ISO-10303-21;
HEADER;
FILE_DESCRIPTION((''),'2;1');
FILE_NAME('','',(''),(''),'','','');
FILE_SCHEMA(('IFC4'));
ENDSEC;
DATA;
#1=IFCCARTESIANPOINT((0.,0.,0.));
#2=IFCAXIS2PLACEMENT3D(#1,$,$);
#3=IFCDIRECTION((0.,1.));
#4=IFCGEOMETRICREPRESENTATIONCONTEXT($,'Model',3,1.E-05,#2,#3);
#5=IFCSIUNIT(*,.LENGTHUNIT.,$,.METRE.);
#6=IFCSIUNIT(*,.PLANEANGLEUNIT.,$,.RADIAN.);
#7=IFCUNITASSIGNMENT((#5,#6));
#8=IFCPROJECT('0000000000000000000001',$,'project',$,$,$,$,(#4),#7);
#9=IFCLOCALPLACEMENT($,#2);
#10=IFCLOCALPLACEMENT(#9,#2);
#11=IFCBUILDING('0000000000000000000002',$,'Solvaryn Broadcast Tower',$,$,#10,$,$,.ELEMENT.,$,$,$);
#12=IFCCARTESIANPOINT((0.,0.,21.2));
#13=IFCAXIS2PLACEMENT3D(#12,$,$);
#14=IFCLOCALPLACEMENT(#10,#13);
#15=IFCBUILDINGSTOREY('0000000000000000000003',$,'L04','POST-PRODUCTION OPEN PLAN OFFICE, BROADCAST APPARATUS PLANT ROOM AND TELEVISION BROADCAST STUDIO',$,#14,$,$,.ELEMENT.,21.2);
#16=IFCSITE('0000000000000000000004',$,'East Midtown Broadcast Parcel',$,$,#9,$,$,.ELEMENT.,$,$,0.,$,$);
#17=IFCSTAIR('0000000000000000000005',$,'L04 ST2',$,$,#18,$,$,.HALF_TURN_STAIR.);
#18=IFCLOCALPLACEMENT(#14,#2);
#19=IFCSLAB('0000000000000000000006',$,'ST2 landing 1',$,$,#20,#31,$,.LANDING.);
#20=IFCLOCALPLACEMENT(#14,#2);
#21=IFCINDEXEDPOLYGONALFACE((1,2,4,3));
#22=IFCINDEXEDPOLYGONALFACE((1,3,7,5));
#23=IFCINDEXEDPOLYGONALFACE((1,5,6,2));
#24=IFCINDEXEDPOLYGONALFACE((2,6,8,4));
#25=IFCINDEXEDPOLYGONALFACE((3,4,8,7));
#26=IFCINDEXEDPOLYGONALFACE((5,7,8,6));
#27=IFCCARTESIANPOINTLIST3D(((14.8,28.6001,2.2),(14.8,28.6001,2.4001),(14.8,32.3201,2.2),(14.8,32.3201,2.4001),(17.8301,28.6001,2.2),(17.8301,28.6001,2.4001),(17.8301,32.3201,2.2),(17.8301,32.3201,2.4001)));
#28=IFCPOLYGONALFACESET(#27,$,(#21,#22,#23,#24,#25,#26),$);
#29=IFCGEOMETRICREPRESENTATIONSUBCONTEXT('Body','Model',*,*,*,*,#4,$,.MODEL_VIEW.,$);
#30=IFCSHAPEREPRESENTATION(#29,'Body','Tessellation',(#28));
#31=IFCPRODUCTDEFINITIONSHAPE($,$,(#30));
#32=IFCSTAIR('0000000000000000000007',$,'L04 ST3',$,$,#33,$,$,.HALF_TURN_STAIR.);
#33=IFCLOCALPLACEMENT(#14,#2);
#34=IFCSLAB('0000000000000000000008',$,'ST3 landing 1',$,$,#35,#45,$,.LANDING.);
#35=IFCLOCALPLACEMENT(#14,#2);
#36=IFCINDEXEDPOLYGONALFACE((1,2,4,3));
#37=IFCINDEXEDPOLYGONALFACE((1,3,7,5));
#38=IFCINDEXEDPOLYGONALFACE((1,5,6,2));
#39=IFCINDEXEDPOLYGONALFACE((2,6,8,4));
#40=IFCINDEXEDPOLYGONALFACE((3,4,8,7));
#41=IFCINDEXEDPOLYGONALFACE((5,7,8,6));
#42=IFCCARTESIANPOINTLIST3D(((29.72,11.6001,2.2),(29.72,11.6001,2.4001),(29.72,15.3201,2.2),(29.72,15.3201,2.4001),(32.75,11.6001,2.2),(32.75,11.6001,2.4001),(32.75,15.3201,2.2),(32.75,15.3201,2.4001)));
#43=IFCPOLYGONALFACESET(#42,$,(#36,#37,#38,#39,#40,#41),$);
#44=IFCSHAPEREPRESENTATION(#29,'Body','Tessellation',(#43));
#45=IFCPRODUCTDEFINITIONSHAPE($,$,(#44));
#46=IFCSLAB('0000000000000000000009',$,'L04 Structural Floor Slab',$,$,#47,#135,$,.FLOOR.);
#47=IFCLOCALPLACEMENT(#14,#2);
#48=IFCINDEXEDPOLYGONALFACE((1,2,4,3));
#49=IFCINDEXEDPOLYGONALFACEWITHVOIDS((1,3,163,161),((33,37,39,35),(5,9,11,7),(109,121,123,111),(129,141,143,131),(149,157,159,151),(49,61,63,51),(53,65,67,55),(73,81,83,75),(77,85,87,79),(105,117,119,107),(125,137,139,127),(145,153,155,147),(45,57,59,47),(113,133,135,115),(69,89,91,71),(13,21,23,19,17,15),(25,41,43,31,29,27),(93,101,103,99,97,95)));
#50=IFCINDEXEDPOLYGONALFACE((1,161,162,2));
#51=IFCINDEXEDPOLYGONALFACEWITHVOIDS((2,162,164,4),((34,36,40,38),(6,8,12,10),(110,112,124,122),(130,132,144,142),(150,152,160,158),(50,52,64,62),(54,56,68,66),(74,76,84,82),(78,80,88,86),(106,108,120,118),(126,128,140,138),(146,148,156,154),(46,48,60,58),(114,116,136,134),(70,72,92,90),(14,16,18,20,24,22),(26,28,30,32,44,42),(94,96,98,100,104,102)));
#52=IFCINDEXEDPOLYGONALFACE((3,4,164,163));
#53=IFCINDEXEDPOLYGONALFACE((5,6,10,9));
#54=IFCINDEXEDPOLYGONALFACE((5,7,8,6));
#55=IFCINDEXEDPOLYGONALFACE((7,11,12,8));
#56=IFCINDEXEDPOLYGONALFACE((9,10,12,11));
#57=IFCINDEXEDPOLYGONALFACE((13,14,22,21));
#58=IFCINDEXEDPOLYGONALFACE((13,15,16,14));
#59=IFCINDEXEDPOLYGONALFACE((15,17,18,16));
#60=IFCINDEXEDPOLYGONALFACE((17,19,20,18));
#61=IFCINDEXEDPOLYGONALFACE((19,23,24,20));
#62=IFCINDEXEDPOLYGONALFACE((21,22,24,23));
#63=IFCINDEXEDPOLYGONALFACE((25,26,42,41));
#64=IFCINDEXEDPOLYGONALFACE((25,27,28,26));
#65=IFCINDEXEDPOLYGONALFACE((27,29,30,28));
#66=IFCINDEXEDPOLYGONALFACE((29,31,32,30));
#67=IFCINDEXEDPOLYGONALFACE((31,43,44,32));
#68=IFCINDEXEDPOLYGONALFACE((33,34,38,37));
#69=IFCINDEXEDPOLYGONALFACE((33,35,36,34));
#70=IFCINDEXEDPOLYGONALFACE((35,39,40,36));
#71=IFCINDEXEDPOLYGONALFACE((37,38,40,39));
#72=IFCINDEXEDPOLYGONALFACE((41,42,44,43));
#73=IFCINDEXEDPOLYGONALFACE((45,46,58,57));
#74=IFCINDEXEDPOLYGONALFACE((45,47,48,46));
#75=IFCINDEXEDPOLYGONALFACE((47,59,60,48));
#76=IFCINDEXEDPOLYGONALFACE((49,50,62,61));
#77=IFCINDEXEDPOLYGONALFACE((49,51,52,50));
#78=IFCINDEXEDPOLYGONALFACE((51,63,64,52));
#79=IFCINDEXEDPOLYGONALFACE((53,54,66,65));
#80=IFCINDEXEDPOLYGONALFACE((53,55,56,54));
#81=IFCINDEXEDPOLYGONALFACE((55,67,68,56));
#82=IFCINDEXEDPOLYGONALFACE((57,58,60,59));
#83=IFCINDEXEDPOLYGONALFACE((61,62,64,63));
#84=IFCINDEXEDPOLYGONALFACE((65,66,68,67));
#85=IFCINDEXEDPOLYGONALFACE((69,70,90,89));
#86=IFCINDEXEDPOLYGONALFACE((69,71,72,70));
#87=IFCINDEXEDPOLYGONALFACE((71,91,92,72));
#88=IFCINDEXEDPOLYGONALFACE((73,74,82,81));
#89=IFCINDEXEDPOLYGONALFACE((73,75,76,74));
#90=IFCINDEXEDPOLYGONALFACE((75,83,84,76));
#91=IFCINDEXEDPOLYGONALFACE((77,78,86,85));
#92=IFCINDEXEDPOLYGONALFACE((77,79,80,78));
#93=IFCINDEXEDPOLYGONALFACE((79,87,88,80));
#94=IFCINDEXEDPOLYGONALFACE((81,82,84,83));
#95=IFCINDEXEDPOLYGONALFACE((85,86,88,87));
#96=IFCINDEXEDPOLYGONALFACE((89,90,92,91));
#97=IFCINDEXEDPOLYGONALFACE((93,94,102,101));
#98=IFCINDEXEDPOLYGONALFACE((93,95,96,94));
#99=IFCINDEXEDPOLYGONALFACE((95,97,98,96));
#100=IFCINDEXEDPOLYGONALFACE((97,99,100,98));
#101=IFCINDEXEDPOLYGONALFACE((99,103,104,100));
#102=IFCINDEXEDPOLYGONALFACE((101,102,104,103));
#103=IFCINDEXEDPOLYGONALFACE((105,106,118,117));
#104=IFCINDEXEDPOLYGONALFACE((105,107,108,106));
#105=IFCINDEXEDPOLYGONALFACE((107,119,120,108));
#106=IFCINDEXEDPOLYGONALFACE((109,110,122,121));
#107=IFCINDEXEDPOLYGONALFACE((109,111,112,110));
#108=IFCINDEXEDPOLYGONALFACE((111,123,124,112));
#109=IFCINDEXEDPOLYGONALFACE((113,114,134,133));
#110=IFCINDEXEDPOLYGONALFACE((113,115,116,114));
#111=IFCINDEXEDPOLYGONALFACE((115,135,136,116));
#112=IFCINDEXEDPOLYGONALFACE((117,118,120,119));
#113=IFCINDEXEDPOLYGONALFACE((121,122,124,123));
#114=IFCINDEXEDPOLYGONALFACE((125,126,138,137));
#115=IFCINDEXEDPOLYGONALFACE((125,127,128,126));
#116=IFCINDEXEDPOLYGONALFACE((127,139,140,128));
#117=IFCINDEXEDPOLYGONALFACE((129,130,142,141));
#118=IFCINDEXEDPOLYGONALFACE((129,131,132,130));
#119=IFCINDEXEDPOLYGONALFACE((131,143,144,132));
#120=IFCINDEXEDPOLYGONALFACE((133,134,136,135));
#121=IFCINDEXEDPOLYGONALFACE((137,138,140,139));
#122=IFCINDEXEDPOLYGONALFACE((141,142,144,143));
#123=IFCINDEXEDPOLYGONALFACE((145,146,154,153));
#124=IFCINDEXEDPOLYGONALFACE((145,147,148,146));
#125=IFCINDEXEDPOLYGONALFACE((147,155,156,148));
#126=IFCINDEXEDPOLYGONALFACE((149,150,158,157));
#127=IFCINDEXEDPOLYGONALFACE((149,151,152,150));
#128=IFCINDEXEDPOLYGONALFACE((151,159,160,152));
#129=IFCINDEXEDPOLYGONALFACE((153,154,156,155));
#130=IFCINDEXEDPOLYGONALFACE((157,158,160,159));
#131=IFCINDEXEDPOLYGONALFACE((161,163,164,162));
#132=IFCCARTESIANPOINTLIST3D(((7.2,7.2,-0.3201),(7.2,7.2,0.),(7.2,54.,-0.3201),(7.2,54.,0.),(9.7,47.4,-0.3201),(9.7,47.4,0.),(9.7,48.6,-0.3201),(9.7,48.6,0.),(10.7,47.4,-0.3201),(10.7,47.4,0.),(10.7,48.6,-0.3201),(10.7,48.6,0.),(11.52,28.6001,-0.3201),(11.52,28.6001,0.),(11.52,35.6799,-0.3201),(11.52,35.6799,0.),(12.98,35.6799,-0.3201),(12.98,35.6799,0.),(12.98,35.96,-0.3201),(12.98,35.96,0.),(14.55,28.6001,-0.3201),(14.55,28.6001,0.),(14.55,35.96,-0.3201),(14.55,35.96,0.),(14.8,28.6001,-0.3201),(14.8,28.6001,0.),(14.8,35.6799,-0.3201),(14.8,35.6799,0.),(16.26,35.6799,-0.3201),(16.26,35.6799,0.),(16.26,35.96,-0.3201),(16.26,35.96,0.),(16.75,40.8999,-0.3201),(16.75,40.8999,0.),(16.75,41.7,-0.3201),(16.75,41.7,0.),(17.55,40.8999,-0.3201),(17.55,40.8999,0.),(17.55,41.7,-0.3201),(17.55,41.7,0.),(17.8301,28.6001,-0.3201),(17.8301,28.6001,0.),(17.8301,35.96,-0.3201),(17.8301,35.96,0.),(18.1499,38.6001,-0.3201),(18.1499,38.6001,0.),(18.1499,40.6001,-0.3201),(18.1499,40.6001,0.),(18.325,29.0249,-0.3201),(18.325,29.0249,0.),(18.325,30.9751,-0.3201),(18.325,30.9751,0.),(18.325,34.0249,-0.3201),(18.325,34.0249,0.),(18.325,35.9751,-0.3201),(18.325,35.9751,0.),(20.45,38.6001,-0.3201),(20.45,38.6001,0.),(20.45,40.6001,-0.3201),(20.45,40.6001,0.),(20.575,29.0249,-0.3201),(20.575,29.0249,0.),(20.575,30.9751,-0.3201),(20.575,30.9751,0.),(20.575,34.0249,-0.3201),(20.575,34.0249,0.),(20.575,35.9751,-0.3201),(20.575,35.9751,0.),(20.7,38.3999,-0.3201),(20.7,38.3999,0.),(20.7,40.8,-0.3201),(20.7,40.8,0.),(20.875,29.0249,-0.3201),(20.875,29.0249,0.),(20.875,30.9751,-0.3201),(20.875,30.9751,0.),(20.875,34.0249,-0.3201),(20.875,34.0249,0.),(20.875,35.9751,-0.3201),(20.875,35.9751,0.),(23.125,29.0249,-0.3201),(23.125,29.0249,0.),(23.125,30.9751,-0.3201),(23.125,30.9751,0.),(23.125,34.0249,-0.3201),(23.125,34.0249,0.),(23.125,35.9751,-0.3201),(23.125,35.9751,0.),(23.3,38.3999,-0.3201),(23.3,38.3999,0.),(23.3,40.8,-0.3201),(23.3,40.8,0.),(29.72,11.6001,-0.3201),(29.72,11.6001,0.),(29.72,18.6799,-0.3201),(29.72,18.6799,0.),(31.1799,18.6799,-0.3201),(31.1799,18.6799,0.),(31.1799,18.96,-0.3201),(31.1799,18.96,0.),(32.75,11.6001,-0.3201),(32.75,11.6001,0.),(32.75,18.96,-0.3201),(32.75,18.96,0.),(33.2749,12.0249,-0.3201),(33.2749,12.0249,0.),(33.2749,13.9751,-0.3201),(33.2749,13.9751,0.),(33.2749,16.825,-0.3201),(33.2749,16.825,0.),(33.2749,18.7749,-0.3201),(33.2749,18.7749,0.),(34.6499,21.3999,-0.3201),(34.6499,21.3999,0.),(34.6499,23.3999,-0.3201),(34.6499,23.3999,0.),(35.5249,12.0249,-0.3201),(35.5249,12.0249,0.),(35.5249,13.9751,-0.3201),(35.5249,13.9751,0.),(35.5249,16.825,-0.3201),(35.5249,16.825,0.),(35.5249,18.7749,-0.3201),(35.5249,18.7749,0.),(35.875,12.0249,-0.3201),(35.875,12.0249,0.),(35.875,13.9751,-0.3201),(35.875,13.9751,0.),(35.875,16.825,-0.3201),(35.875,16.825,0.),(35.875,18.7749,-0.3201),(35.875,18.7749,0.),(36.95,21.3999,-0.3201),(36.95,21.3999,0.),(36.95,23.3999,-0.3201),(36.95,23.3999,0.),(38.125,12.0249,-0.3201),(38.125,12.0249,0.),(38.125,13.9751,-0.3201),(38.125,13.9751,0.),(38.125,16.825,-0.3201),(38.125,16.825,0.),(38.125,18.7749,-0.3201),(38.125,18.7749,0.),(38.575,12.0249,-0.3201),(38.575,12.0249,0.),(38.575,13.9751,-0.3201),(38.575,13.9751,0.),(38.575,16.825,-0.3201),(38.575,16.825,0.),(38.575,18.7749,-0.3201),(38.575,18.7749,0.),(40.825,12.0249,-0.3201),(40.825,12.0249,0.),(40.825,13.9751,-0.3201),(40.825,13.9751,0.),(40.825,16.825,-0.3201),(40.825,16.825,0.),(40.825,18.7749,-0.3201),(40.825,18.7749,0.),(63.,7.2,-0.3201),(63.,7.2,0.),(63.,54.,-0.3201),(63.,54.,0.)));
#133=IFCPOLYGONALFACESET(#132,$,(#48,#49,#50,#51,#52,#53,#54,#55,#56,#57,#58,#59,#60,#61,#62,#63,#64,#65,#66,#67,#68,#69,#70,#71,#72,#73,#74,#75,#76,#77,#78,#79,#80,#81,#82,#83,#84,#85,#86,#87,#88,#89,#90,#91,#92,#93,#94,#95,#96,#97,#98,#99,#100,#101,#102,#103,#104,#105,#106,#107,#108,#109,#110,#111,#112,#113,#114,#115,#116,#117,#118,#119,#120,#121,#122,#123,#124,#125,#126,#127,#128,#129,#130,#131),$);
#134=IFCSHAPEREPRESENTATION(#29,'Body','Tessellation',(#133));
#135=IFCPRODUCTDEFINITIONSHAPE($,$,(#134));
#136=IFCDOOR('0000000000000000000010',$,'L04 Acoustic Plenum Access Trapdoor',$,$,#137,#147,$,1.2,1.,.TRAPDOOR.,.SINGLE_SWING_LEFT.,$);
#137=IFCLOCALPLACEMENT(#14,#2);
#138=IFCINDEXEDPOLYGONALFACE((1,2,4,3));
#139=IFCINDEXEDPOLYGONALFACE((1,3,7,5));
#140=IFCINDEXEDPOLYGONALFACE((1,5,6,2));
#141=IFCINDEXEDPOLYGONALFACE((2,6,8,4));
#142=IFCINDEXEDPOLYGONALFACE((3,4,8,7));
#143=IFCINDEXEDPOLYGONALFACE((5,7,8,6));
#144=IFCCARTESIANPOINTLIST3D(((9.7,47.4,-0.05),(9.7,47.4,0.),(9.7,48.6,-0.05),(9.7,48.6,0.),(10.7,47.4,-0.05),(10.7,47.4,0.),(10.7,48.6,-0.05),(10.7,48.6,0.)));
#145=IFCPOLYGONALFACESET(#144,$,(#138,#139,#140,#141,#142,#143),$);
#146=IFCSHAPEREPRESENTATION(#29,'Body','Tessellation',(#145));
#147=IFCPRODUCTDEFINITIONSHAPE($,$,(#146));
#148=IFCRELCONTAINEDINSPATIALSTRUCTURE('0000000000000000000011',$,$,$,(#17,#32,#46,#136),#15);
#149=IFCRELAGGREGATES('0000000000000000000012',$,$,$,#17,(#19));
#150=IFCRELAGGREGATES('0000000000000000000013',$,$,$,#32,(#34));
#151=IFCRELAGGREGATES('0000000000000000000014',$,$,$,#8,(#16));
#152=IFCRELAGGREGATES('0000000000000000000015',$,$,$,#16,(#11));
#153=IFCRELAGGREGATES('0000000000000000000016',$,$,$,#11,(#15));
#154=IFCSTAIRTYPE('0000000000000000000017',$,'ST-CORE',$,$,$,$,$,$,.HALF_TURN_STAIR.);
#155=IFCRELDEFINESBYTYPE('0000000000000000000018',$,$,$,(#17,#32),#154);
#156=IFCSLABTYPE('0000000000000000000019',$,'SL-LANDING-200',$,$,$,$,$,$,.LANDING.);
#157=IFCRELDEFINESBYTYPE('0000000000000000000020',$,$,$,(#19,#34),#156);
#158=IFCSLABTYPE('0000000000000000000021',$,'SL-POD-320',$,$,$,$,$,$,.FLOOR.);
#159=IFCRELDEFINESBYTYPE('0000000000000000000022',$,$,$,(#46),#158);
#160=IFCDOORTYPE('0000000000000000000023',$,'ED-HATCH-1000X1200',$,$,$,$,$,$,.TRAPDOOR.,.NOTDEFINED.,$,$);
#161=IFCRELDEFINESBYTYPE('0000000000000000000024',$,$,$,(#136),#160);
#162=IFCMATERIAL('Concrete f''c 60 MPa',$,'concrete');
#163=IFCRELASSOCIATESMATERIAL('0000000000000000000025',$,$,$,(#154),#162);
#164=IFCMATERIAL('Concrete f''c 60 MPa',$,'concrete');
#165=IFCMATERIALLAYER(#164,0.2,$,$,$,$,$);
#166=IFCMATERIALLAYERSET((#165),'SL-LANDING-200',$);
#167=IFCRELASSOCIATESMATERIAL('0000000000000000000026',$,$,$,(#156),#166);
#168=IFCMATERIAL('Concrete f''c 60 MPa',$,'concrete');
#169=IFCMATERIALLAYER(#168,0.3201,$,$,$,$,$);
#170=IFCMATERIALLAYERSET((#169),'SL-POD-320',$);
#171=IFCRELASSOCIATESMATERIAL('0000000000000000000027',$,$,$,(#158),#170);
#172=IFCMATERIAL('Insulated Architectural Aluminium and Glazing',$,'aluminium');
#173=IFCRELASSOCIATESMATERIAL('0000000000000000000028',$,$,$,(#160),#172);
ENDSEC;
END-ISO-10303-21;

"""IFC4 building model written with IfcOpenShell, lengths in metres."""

from ifc_helpers import new_model, si_unit, direction, frame, origin, origin_2d, place, context, subcontext, project, spatial, polyline, rectangle, outline, extrude, material, layer, layer_set, type_object, element, fill, aggregate, save


model = new_model("IFC4")

# Units and contexts
model_context = context("Model", 3, precision=1e-05, world=origin(), true_north=direction((0.0, 1.0)))
body_context = subcontext(model_context, "Body", "Model", "MODEL_VIEW")
ifc_project = project(units=[si_unit("LENGTHUNIT", "METRE"), si_unit("PLANEANGLEUNIT", "RADIAN")], contexts=[model_context])

# Site, building, storey
site_placement = place(None, origin())
site = spatial("IfcSite", under=ifc_project, at=site_placement, Name="East Midtown Broadcast Parcel", CompositionType="ELEMENT", RefElevation=0.0)
building_placement = place(site_placement, origin())
building = spatial("IfcBuilding", under=site, at=building_placement, Name="Solvaryn Broadcast Tower", CompositionType="ELEMENT")
storey_placement = place(building_placement, frame((0.0, 0.0, 21.2)))
storey = spatial("IfcBuildingStorey", under=building, at=storey_placement, Name="L04", Description="POST-PRODUCTION OPEN PLAN OFFICE, BROADCAST APPARATUS PLANT ROOM AND TELEVISION BROADCAST STUDIO", CompositionType="ELEMENT", Elevation=21.2)

# Stairs, slabs
ifc_material_1 = material(Name="Concrete f'c 60 MPa", Category="concrete")
stair_type = type_object("IfcStairType", Name="ST-CORE", PredefinedType="HALF_TURN_STAIR", material=ifc_material_1)
ifc_material_2 = material(Name="Concrete f'c 60 MPa", Category="concrete")
ifc_layer_1 = layer(ifc_material_2, 0.2)
ifc_layer_set_1 = layer_set([ifc_layer_1], Name="SL-LANDING-200")
slab_type_1 = type_object("IfcSlabType", Name="SL-LANDING-200", PredefinedType="LANDING", material=ifc_layer_set_1)
stair_1_placement = place(storey_placement, origin())
stair_1 = element("IfcStair", 1, at=stair_1_placement, inside=storey, type_object=stair_type, Name="L04 ST2", PredefinedType="HALF_TURN_STAIR")
slab_1_placement = place(storey_placement, frame((0.0, 0.0, 2.2)))
slab_1 = element("IfcSlab", 2, at=slab_1_placement, type_object=slab_type_1, Name="ST2 landing 1", PredefinedType="LANDING", context=body_context, shape_type="SweptSolid", body=[
    extrude(outline(polyline([(14.8, 32.3201), (14.8, 28.6001), (17.8301, 28.6001), (17.8301, 32.3201), (14.8, 32.3201)])), origin(), (0.0, 0.0, 1.0), 0.2002),
])
aggregate(stair_1, [slab_1])
stair_2_placement = place(storey_placement, origin())
stair_2 = element("IfcStair", 3, at=stair_2_placement, inside=storey, type_object=stair_type, Name="L04 ST3", PredefinedType="HALF_TURN_STAIR")
slab_2_placement = place(storey_placement, frame((0.0, 0.0, 2.2)))
slab_2 = element("IfcSlab", 4, at=slab_2_placement, type_object=slab_type_1, Name="ST3 landing 1", PredefinedType="LANDING", context=body_context, shape_type="SweptSolid", body=[
    extrude(outline(polyline([(29.72, 15.3201), (29.72, 11.6001), (32.75, 11.6001), (32.75, 15.3201), (29.72, 15.3201)])), origin(), (0.0, 0.0, 1.0), 0.2002),
])
aggregate(stair_2, [slab_2])

# Slab, opening, door
ifc_material_3 = material(Name="Concrete f'c 60 MPa", Category="concrete")
ifc_layer_2 = layer(ifc_material_3, 0.3201)
ifc_layer_set_2 = layer_set([ifc_layer_2], Name="SL-POD-320")
slab_type_2 = type_object("IfcSlabType", Name="SL-POD-320", PredefinedType="FLOOR", material=ifc_layer_set_2)
slab_3_placement = place(storey_placement, frame((0.0, 0.0, -0.3201)))
slab_3 = element("IfcSlab", 5, at=slab_3_placement, inside=storey, type_object=slab_type_2, Name="L04 Structural Floor Slab", PredefinedType="FLOOR", context=body_context, shape_type="SweptSolid", body=[
    extrude(outline(polyline([(7.2, 7.2), (63.0, 7.2), (63.0, 54.0), (7.2, 54.0), (7.2, 7.2)]), holes=[polyline([(11.52, 28.6001), (14.55, 28.6001), (14.55, 35.96), (12.98, 35.96), (12.98, 35.6799), (11.52, 35.6799), (11.52, 28.6001)]), polyline([(14.8, 28.6001), (17.8301, 28.6001), (17.8301, 35.96), (16.26, 35.96), (16.26, 35.6799), (14.8, 35.6799), (14.8, 28.6001)]), polyline([(29.72, 11.6001), (32.75, 11.6001), (32.75, 18.96), (31.1799, 18.96), (31.1799, 18.6799), (29.72, 18.6799), (29.72, 11.6001)]), polyline([(18.1499, 38.6001), (20.45, 38.6001), (20.45, 40.6001), (18.1499, 40.6001), (18.1499, 38.6001)]), polyline([(20.7, 38.3999), (23.3, 38.3999), (23.3, 40.8), (20.7, 40.8), (20.7, 38.3999)]), polyline([(18.325, 29.0249), (20.575, 29.0249), (20.575, 30.9751), (18.325, 30.9751), (18.325, 29.0249)]), polyline([(20.875, 29.0249), (23.125, 29.0249), (23.125, 30.9751), (20.875, 30.9751), (20.875, 29.0249)]), polyline([(18.325, 34.0249), (20.575, 34.0249), (20.575, 35.9751), (18.325, 35.9751), (18.325, 34.0249)]), polyline([(20.875, 34.0249), (23.125, 34.0249), (23.125, 35.9751), (20.875, 35.9751), (20.875, 34.0249)]), polyline([(34.6499, 21.3999), (36.95, 21.3999), (36.95, 23.3999), (34.6499, 23.3999), (34.6499, 21.3999)]), polyline([(33.2749, 12.0249), (35.5249, 12.0249), (35.5249, 13.9751), (33.2749, 13.9751), (33.2749, 12.0249)]), polyline([(35.875, 12.0249), (38.125, 12.0249), (38.125, 13.9751), (35.875, 13.9751), (35.875, 12.0249)]), polyline([(33.2749, 16.825), (35.5249, 16.825), (35.5249, 18.7749), (33.2749, 18.7749), (33.2749, 16.825)]), polyline([(35.875, 16.825), (38.125, 16.825), (38.125, 18.7749), (35.875, 18.7749), (35.875, 16.825)]), polyline([(38.575, 12.0249), (40.825, 12.0249), (40.825, 13.9751), (38.575, 13.9751), (38.575, 12.0249)]), polyline([(38.575, 16.825), (40.825, 16.825), (40.825, 18.7749), (38.575, 18.7749), (38.575, 16.825)]), polyline([(16.75, 40.8999), (17.55, 40.8999), (17.55, 41.7), (16.75, 41.7), (16.75, 40.8999)])]), origin(), (0.0, 0.0, 1.0), 0.3201),
])
opening_1_placement = place(slab_3_placement, frame((10.2, 48.0, 0.0)))
opening_1 = element("IfcOpeningElement", 6, at=opening_1_placement, cuts=slab_3, PredefinedType="OPENING", context=body_context, shape_type="SweptSolid", body=[
    extrude(rectangle(XDim=1.0, YDim=1.2, at=origin_2d()), origin(), (0.0, 0.0, 1.0), 0.3201),
])
ifc_material_4 = material(Name="Insulated Architectural Aluminium and Glazing", Category="aluminium")
door_type_1 = type_object("IfcDoorType", Name="ED-HATCH-1000X1200", OperationType="NOTDEFINED", PredefinedType="TRAPDOOR", material=ifc_material_4)
door_1_placement = place(opening_1_placement, frame((0.0, 0.0, 0.27)))
door_1 = element("IfcDoor", 7, at=door_1_placement, inside=storey, type_object=door_type_1, Name="L04 Acoustic Plenum Access Trapdoor", OperationType="SINGLE_SWING_LEFT", OverallHeight=1.2, OverallWidth=1.0, PredefinedType="TRAPDOOR", context=body_context, shape_type="SweptSolid", body=[
    extrude(rectangle(XDim=1.0, YDim=1.2, at=origin_2d()), origin(), (0.0, 0.0, 1.0), 0.05),
])
fill(opening_1, door_1)

save(model, "model.ifc")
